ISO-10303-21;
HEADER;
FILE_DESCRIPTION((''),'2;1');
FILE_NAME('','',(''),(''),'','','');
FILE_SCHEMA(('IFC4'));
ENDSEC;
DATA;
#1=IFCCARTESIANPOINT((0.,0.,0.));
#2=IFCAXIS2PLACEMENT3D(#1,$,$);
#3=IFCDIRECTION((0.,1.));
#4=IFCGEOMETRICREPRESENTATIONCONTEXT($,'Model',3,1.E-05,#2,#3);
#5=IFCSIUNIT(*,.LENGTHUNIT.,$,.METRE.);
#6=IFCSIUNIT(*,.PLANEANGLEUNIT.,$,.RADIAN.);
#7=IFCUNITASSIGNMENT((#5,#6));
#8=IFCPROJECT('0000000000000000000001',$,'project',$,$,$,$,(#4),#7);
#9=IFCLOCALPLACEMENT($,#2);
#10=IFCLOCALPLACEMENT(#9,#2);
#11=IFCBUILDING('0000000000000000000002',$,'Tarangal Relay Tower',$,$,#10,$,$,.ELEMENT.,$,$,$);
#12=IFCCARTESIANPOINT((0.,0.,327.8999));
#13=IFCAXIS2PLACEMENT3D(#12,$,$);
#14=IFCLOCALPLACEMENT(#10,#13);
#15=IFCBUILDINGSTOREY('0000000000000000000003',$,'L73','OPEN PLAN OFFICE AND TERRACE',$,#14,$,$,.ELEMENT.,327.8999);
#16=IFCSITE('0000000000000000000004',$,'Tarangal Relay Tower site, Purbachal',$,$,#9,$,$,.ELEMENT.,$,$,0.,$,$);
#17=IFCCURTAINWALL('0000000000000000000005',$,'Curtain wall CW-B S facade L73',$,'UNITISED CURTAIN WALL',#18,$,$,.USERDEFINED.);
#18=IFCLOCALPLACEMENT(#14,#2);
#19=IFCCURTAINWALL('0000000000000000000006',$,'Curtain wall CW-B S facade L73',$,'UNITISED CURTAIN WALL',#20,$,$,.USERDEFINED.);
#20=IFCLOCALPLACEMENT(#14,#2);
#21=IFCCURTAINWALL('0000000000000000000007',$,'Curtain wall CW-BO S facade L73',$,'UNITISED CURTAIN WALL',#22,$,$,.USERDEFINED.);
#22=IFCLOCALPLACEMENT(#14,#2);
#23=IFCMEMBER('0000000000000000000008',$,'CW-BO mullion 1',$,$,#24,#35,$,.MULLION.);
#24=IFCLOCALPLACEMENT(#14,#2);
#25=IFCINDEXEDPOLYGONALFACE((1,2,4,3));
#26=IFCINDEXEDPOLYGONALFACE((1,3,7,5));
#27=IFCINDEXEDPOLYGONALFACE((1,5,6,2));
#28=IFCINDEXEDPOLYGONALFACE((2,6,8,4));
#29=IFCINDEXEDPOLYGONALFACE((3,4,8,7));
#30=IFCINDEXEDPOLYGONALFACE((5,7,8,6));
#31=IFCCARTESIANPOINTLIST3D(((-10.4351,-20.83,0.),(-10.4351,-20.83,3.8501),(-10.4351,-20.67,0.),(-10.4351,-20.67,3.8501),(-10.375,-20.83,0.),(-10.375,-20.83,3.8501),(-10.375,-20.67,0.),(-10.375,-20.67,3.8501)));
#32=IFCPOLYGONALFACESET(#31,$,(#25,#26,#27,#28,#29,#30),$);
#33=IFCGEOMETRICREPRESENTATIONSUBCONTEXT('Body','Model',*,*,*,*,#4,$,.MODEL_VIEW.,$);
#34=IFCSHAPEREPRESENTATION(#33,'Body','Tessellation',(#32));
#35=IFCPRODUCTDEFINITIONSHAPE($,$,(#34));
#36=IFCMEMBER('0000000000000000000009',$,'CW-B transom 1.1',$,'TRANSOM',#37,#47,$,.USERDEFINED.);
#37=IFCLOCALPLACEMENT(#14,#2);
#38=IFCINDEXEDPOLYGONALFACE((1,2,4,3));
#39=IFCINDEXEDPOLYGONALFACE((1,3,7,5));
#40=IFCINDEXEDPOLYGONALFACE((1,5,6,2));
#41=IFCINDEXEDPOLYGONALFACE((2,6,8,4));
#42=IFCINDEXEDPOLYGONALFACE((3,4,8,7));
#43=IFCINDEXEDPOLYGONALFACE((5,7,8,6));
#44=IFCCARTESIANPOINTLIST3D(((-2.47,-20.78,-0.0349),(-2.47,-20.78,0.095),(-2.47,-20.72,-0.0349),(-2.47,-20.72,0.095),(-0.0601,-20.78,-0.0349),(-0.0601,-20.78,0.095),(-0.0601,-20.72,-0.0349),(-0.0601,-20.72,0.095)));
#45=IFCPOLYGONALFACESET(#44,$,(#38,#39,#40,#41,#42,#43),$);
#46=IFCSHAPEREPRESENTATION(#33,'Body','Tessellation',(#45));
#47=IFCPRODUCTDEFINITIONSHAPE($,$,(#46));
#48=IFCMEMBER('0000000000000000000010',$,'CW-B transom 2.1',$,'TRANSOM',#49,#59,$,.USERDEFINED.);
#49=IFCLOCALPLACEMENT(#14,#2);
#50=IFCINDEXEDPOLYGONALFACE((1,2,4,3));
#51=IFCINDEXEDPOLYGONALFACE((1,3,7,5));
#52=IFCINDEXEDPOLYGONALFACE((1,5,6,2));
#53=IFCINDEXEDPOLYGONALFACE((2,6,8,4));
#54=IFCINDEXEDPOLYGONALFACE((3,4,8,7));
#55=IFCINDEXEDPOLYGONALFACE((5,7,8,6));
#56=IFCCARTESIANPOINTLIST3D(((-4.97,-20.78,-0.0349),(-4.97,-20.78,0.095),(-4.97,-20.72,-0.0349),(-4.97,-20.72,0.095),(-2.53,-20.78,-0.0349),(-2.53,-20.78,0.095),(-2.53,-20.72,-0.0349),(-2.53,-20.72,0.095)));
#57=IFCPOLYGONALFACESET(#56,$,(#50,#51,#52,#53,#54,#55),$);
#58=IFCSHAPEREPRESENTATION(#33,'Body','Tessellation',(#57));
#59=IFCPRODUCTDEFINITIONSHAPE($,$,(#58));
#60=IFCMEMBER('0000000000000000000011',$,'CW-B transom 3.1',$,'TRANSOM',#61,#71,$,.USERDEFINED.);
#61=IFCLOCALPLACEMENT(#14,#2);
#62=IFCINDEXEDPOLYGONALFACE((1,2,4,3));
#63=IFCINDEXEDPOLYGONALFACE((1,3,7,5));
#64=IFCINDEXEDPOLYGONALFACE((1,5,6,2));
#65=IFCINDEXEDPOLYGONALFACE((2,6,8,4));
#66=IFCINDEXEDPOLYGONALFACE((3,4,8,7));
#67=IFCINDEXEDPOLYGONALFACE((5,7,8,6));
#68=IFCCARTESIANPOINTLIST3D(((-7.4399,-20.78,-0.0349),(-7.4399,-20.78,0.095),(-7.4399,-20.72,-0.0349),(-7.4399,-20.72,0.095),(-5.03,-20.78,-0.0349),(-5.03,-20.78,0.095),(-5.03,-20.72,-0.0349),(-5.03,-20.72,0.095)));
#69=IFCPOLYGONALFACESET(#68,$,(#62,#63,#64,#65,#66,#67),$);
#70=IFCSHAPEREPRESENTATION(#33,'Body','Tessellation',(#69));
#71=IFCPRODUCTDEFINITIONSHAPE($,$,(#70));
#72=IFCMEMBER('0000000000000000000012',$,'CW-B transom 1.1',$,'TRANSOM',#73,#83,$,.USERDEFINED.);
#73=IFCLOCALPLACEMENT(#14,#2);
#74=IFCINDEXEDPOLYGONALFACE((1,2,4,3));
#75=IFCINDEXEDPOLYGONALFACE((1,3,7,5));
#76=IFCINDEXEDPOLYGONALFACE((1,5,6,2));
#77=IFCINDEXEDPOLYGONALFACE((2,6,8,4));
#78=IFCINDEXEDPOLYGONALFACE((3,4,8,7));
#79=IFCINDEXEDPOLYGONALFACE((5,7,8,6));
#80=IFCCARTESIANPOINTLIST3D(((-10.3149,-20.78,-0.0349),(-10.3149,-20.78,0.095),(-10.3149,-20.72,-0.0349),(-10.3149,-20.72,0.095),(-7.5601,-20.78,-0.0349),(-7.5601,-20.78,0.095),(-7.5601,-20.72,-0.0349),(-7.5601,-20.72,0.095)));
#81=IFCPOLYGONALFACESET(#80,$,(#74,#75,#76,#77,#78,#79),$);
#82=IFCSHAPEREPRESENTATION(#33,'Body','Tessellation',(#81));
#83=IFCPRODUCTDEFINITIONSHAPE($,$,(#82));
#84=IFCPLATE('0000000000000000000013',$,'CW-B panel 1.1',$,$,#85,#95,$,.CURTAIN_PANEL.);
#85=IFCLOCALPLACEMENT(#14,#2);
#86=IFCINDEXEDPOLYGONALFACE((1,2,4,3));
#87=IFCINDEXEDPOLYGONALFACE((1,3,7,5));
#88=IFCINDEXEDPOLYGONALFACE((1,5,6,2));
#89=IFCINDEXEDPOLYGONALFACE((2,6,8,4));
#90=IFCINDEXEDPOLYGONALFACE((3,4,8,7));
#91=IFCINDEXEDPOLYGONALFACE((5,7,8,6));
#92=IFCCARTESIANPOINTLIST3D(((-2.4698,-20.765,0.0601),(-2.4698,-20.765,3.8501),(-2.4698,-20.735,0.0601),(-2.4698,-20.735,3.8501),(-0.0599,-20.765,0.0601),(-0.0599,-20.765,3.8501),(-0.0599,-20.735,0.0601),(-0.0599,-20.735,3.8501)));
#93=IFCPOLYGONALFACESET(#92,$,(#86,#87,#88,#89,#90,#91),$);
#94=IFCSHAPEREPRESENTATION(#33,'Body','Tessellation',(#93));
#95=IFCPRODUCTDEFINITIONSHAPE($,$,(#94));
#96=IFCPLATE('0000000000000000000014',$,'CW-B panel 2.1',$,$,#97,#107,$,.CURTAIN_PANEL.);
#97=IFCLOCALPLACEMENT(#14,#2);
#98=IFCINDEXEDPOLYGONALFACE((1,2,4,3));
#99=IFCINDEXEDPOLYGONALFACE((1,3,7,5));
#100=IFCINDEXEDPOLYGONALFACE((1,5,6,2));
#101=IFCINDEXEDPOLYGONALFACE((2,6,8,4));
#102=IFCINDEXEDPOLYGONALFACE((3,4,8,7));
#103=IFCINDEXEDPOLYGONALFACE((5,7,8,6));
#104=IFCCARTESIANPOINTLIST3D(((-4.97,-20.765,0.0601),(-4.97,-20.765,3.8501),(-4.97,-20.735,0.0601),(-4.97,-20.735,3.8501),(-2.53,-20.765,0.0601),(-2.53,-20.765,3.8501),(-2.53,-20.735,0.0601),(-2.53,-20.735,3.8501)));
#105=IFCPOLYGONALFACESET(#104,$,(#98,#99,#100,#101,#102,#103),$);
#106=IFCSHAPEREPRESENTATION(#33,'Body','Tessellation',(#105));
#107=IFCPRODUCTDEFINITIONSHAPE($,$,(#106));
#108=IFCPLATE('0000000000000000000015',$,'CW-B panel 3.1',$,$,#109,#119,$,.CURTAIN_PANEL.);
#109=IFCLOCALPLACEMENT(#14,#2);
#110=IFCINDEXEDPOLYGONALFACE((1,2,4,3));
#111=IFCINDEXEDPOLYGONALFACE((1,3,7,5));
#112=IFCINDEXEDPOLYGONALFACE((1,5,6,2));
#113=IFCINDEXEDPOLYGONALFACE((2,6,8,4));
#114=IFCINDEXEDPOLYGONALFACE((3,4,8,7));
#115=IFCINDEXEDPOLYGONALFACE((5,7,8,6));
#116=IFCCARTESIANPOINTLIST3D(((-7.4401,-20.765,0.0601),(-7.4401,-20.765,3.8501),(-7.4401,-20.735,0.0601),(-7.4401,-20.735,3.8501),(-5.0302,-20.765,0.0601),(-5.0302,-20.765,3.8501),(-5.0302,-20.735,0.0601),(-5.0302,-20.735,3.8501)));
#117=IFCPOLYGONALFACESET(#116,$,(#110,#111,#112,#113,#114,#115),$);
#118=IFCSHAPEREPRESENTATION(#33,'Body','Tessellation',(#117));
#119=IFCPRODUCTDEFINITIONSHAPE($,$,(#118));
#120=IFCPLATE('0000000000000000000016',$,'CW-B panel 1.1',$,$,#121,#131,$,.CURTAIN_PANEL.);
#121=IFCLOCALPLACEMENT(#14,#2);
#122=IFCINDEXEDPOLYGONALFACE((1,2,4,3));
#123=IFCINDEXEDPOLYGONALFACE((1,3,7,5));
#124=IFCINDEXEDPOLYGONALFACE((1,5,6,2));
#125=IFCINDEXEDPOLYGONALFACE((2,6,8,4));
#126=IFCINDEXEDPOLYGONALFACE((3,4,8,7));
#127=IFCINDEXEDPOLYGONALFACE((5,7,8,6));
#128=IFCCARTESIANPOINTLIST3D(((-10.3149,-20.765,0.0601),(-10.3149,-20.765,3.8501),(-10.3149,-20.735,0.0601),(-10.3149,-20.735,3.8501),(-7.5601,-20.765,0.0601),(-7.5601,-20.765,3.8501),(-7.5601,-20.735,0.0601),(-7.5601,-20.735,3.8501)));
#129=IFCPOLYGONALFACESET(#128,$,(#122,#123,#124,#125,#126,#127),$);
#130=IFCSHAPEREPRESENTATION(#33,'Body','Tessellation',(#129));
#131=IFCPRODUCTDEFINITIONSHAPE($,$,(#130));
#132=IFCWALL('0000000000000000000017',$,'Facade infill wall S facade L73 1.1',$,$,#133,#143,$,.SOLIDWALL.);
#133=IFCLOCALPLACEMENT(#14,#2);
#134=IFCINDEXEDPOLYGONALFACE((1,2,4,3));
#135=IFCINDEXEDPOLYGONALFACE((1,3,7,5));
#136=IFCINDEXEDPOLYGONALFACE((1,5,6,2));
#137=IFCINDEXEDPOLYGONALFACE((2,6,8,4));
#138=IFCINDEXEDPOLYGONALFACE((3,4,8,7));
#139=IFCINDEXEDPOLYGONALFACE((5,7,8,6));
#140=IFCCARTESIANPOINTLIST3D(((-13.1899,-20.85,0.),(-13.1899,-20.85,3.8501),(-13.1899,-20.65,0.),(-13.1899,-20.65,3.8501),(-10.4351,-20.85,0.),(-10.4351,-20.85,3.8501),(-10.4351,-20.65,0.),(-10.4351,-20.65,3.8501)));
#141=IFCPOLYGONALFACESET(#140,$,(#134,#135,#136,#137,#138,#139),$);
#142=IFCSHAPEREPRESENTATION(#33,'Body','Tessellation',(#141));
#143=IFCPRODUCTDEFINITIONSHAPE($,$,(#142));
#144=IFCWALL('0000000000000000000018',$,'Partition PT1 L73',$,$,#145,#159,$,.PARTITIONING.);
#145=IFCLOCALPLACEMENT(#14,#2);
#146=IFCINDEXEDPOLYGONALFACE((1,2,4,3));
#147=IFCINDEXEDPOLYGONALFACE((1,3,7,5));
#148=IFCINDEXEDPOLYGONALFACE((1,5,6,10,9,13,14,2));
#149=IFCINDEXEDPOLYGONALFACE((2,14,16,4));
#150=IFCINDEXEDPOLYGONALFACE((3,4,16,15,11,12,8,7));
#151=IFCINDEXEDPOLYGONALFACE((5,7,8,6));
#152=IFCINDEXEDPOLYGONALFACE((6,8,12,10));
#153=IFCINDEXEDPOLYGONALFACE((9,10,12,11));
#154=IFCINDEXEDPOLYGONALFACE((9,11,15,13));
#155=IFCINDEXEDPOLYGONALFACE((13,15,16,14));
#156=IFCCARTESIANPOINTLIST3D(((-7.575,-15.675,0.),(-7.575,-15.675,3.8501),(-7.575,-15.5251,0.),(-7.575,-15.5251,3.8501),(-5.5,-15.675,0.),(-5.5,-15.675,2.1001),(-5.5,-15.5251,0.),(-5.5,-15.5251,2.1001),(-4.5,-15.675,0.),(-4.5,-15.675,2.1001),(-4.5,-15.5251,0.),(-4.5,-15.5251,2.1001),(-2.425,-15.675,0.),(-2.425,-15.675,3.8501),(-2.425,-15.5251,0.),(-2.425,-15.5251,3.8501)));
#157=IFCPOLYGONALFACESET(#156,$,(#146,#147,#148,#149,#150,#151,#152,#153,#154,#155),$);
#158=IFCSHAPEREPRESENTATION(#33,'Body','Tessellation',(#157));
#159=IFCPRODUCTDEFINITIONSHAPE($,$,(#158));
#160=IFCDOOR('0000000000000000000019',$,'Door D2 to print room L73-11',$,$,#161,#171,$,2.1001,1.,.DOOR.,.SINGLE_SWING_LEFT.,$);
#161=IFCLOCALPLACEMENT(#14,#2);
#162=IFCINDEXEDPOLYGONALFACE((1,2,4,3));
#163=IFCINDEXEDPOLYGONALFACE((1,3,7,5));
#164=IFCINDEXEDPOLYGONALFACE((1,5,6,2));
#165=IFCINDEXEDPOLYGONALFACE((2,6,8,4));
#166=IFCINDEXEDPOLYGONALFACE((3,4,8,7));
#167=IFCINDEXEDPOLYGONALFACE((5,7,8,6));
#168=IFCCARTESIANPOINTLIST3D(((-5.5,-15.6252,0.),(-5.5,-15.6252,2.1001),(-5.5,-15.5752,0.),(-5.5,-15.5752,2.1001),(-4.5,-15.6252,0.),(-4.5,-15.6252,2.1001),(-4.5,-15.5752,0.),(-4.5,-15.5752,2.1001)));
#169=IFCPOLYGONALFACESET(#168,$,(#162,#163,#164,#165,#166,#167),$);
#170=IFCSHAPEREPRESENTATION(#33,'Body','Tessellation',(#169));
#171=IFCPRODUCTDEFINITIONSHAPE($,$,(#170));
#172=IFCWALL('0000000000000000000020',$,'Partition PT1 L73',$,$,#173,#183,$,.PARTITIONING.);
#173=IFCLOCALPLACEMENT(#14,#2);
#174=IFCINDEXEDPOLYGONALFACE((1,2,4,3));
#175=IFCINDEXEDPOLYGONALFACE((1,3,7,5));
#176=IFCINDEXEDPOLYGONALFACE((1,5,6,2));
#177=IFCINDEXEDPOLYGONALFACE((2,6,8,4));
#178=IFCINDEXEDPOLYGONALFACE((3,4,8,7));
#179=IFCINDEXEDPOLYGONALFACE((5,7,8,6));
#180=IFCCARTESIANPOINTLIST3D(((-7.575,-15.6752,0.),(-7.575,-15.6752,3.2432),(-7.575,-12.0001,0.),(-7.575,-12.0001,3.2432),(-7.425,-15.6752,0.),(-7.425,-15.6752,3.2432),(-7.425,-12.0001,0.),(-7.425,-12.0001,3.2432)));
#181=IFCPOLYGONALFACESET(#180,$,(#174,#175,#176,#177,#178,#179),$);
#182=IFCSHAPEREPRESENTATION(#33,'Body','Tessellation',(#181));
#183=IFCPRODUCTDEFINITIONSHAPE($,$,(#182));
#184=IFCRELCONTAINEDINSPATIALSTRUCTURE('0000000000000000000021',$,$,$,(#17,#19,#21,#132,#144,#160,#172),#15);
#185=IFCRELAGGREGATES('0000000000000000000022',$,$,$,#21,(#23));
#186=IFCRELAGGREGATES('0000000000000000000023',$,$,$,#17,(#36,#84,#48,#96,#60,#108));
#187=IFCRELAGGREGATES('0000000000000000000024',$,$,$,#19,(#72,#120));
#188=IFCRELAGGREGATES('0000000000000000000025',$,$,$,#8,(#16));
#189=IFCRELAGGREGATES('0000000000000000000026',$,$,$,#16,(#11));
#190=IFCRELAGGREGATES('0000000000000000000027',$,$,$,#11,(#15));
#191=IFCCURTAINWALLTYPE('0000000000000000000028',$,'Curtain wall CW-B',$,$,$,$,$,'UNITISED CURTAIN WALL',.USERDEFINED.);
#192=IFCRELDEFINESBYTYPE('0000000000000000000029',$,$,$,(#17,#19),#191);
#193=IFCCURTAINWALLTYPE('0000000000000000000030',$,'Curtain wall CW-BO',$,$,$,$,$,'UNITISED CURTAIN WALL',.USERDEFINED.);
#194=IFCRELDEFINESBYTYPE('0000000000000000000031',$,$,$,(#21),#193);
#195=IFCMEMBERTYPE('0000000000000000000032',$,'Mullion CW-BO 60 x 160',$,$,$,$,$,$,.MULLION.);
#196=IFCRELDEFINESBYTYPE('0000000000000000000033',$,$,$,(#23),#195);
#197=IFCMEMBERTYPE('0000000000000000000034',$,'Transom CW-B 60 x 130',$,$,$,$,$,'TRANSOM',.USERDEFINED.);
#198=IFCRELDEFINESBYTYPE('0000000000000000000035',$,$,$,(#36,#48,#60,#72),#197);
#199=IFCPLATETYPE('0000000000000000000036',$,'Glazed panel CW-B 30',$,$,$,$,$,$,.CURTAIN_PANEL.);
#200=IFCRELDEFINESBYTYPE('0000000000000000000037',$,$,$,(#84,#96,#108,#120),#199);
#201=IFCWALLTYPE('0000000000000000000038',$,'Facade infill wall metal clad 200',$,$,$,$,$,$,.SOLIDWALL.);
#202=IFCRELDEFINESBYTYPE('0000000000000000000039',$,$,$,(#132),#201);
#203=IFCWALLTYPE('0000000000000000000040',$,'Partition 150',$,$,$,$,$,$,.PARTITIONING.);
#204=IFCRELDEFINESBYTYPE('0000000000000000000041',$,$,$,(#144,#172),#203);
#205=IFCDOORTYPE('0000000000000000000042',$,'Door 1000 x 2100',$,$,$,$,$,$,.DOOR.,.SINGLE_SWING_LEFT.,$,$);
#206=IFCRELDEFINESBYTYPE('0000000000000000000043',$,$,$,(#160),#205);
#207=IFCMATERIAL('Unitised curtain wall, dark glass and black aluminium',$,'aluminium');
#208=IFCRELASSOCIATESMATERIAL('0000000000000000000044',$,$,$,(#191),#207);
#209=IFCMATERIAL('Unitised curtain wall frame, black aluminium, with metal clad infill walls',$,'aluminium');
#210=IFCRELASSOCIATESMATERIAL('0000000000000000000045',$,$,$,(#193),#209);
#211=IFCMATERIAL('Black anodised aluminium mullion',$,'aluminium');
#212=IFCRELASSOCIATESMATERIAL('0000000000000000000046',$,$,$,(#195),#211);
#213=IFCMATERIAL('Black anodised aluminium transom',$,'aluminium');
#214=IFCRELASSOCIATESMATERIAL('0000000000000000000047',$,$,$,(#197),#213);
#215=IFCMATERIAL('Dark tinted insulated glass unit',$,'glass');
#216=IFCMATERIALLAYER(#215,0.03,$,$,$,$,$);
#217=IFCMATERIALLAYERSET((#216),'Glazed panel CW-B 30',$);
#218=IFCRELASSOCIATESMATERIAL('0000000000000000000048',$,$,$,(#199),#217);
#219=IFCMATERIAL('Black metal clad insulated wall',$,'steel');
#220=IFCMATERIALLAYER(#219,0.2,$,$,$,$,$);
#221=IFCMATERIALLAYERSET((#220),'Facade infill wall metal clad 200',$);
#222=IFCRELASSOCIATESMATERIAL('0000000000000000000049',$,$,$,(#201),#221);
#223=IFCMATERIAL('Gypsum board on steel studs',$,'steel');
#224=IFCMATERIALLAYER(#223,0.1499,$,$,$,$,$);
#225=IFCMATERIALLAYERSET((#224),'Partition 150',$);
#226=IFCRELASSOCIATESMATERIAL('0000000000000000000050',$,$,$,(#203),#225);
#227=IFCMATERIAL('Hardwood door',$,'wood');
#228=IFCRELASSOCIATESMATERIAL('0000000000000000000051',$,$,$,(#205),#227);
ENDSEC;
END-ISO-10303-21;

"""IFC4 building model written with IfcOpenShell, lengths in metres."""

from ifc_helpers import new_model, si_unit, direction, frame, frame_2d, origin, origin_2d, place, context, subcontext, project, spatial, rectangle, extrude, material, layer, layer_set, material_profile, profile_set, type_object, element, fill, aggregate, save


model = new_model("IFC4")

# Units and contexts
model_context = context("Model", 3, precision=1e-05, world=origin(), true_north=direction((0.0, 1.0)))
body_context = subcontext(model_context, "Body", "Model", "MODEL_VIEW")
ifc_project = project(units=[si_unit("LENGTHUNIT", "METRE"), si_unit("PLANEANGLEUNIT", "RADIAN")], contexts=[model_context])

# Site, building, storey
site_placement = place(None, origin())
site = spatial("IfcSite", under=ifc_project, at=site_placement, Name="Tarangal Relay Tower site, Purbachal", CompositionType="ELEMENT", RefElevation=0.0)
building_placement = place(site_placement, origin())
building = spatial("IfcBuilding", under=site, at=building_placement, Name="Tarangal Relay Tower", CompositionType="ELEMENT")
storey_placement = place(building_placement, frame((0.0, 0.0, 327.8999)))
storey = spatial("IfcBuildingStorey", under=building, at=storey_placement, Name="L73", Description="OPEN PLAN OFFICE AND TERRACE", CompositionType="ELEMENT", Elevation=327.8999)

# Curtain walls
ifc_material_1 = material(Name="Unitised curtain wall, dark glass and black aluminium", Category="aluminium")
curtain_wall_type_1 = type_object("IfcCurtainWallType", Name="Curtain wall CW-B", ElementType="UNITISED CURTAIN WALL", PredefinedType="USERDEFINED", material=ifc_material_1)
curtain_wall_1_placement = place(storey_placement, origin())
curtain_wall_1 = element("IfcCurtainWall", 1, at=curtain_wall_1_placement, inside=storey, type_object=curtain_wall_type_1, Name="Curtain wall CW-B S facade L73", ObjectType="UNITISED CURTAIN WALL", PredefinedType="USERDEFINED")
ifc_material_2 = material(Name="Black anodised aluminium mullion", Category="aluminium")
curtain_wall_2_placement = place(storey_placement, origin())
curtain_wall_2 = element("IfcCurtainWall", 2, at=curtain_wall_2_placement, inside=storey, type_object=curtain_wall_type_1, Name="Curtain wall CW-B S facade L73", ObjectType="UNITISED CURTAIN WALL", PredefinedType="USERDEFINED")

# Curtain wall, member
ifc_material_3 = material(Name="Unitised curtain wall frame, black aluminium, with metal clad infill walls", Category="aluminium")
curtain_wall_type_2 = type_object("IfcCurtainWallType", Name="Curtain wall CW-BO", ElementType="UNITISED CURTAIN WALL", PredefinedType="USERDEFINED", material=ifc_material_3)
curtain_wall_3_placement = place(storey_placement, origin())
curtain_wall_3 = element("IfcCurtainWall", 3, at=curtain_wall_3_placement, inside=storey, type_object=curtain_wall_type_2, Name="Curtain wall CW-BO S facade L73", ObjectType="UNITISED CURTAIN WALL", PredefinedType="USERDEFINED")
ifc_material_profile_1 = material_profile(ifc_material_2, rectangle(XDim=0.1599, YDim=0.0601, at=origin_2d()), Name="CW-BOM 60X160")
ifc_profile_set_1 = profile_set([ifc_material_profile_1], Name="Black anodised aluminium mullion")
member_type_1 = type_object("IfcMemberType", Name="Mullion CW-BO 60 x 160", PredefinedType="MULLION", material=ifc_profile_set_1)
member_1_placement = place(storey_placement, frame((-10.405, -20.75, 0.0), z_axis=(0.0, 0.0, 1.0), x_axis=(0.0, -1.0, 0.0)))
member_1 = element("IfcMember", 4, at=member_1_placement, type_object=member_type_1, Name="CW-BO mullion 1", PredefinedType="MULLION", context=body_context, shape_type="SweptSolid", body=[
    extrude(rectangle(XDim=0.1599, YDim=0.0601, at=origin_2d()), origin(), (0.0, 0.0, 1.0), 3.8501),
])
aggregate(curtain_wall_3, [member_1])

# Members
ifc_material_4 = material(Name="Black anodised aluminium transom", Category="aluminium")
ifc_material_profile_2 = material_profile(ifc_material_4, rectangle(XDim=0.0601, YDim=0.1299, at=origin_2d()), Name="CW-BT 60X130")
ifc_profile_set_2 = profile_set([ifc_material_profile_2], Name="Black anodised aluminium transom")
member_type_2 = type_object("IfcMemberType", Name="Transom CW-B 60 x 130", ElementType="TRANSOM", PredefinedType="USERDEFINED", material=ifc_profile_set_2)
member_2_placement = place(storey_placement, frame((-0.0601, -20.75, 0.03), z_axis=(-1.0, 0.0, 0.0), x_axis=(0.0, -1.0, 0.0)))
member_2 = element("IfcMember", 5, at=member_2_placement, type_object=member_type_2, Name="CW-B transom 1.1", ObjectType="TRANSOM", PredefinedType="USERDEFINED", context=body_context, shape_type="SweptSolid", body=[
    extrude(rectangle(XDim=0.0601, YDim=0.1299, at=origin_2d()), origin(), (0.0, 0.0, 1.0), 2.4099),
])
member_3_placement = place(storey_placement, frame((-2.53, -20.75, 0.03), z_axis=(-1.0, 0.0, 0.0), x_axis=(0.0, -1.0, 0.0)))
member_3 = element("IfcMember", 6, at=member_3_placement, type_object=member_type_2, Name="CW-B transom 2.1", ObjectType="TRANSOM", PredefinedType="USERDEFINED", context=body_context, shape_type="SweptSolid", body=[
    extrude(rectangle(XDim=0.0601, YDim=0.1299, at=origin_2d()), origin(), (0.0, 0.0, 1.0), 2.4399),
])
member_4_placement = place(storey_placement, frame((-5.03, -20.75, 0.03), z_axis=(-1.0, 0.0, 0.0), x_axis=(0.0, -1.0, 0.0)))
member_4 = element("IfcMember", 7, at=member_4_placement, type_object=member_type_2, Name="CW-B transom 3.1", ObjectType="TRANSOM", PredefinedType="USERDEFINED", context=body_context, shape_type="SweptSolid", body=[
    extrude(rectangle(XDim=0.0601, YDim=0.1299, at=origin_2d()), origin(), (0.0, 0.0, 1.0), 2.4099),
])
member_5_placement = place(storey_placement, frame((-7.5601, -20.75, 0.03), z_axis=(-1.0, 0.0, 0.0), x_axis=(0.0, -1.0, 0.0)))
member_5 = element("IfcMember", 8, at=member_5_placement, type_object=member_type_2, Name="CW-B transom 1.1", ObjectType="TRANSOM", PredefinedType="USERDEFINED", context=body_context, shape_type="SweptSolid", body=[
    extrude(rectangle(XDim=0.0601, YDim=0.1299, at=origin_2d()), origin(), (0.0, 0.0, 1.0), 2.7549),
])

# Plates
ifc_material_5 = material(Name="Dark tinted insulated glass unit", Category="glass")
ifc_layer_1 = layer(ifc_material_5, 0.03)
ifc_layer_set_1 = layer_set([ifc_layer_1], Name="Glazed panel CW-B 30")
plate_type = type_object("IfcPlateType", Name="Glazed panel CW-B 30", PredefinedType="CURTAIN_PANEL", material=ifc_layer_set_1)
plate_1_placement = place(storey_placement, frame((-1.2649, -20.75, 0.0601), z_axis=(0.0, 0.0, 1.0), x_axis=(-1.0, 0.0, 0.0)))
plate_1 = element("IfcPlate", 9, at=plate_1_placement, type_object=plate_type, Name="CW-B panel 1.1", PredefinedType="CURTAIN_PANEL", context=body_context, shape_type="SweptSolid", body=[
    extrude(rectangle(XDim=2.4099, YDim=0.03, at=origin_2d()), origin(), (0.0, 0.0, 1.0), 3.79),
])
plate_2_placement = place(storey_placement, frame((-3.75, -20.75, 0.0601), z_axis=(0.0, 0.0, 1.0), x_axis=(-1.0, 0.0, 0.0)))
plate_2 = element("IfcPlate", 10, at=plate_2_placement, type_object=plate_type, Name="CW-B panel 2.1", PredefinedType="CURTAIN_PANEL", context=body_context, shape_type="SweptSolid", body=[
    extrude(rectangle(XDim=2.4399, YDim=0.03, at=origin_2d()), origin(), (0.0, 0.0, 1.0), 3.79),
])
plate_3_placement = place(storey_placement, frame((-6.2351, -20.75, 0.0601), z_axis=(0.0, 0.0, 1.0), x_axis=(-1.0, 0.0, 0.0)))
plate_3 = element("IfcPlate", 11, at=plate_3_placement, type_object=plate_type, Name="CW-B panel 3.1", PredefinedType="CURTAIN_PANEL", context=body_context, shape_type="SweptSolid", body=[
    extrude(rectangle(XDim=2.4099, YDim=0.03, at=origin_2d()), origin(), (0.0, 0.0, 1.0), 3.79),
])
aggregate(curtain_wall_1, [member_2, plate_1, member_3, plate_2, member_4, plate_3])
plate_4_placement = place(storey_placement, frame((-8.9375, -20.75, 0.0601), z_axis=(0.0, 0.0, 1.0), x_axis=(-1.0, 0.0, 0.0)))
plate_4 = element("IfcPlate", 12, at=plate_4_placement, type_object=plate_type, Name="CW-B panel 1.1", PredefinedType="CURTAIN_PANEL", context=body_context, shape_type="SweptSolid", body=[
    extrude(rectangle(XDim=2.7549, YDim=0.03, at=origin_2d()), origin(), (0.0, 0.0, 1.0), 3.79),
])
aggregate(curtain_wall_2, [member_5, plate_4])

# Wall
ifc_material_6 = material(Name="Black metal clad insulated wall", Category="steel")
ifc_layer_2 = layer(ifc_material_6, 0.2)
ifc_layer_set_2 = layer_set([ifc_layer_2], Name="Facade infill wall metal clad 200")
wall_type_1 = type_object("IfcWallType", Name="Facade infill wall metal clad 200", PredefinedType="SOLIDWALL", material=ifc_layer_set_2)
wall_1_placement = place(storey_placement, frame((-10.4351, -20.75, 0.0), z_axis=(0.0, 0.0, 1.0), x_axis=(-1.0, 0.0, 0.0)))
element("IfcWall", 13, at=wall_1_placement, inside=storey, type_object=wall_type_1, Name="Facade infill wall S facade L73 1.1", PredefinedType="SOLIDWALL", context=body_context, shape_type="SweptSolid", body=[
    extrude(rectangle(XDim=2.7549, YDim=0.2, at=frame_2d((1.3774, 0.0))), origin(), (0.0, 0.0, 1.0), 3.8501),
])

# Wall, opening, door
ifc_material_7 = material(Name="Gypsum board on steel studs", Category="steel")
ifc_layer_3 = layer(ifc_material_7, 0.1499)
ifc_layer_set_3 = layer_set([ifc_layer_3], Name="Partition 150")
wall_type_2 = type_object("IfcWallType", Name="Partition 150", PredefinedType="PARTITIONING", material=ifc_layer_set_3)
wall_2_placement = place(storey_placement, frame((-7.575, -15.6001, 0.0), z_axis=(0.0, 0.0, 1.0), x_axis=(1.0, 0.0, 0.0)))
wall_2 = element("IfcWall", 14, at=wall_2_placement, inside=storey, type_object=wall_type_2, Name="Partition PT1 L73", PredefinedType="PARTITIONING", context=body_context, shape_type="SweptSolid", body=[
    extrude(rectangle(XDim=5.1499, YDim=0.1499, at=frame_2d((2.575, 0.0))), origin(), (0.0, 0.0, 1.0), 3.8501),
])
opening_placement = place(wall_2_placement, frame((2.075, 0.0, 0.0)))
opening = element("IfcOpeningElement", 15, at=opening_placement, cuts=wall_2, PredefinedType="OPENING", context=body_context, shape_type="SweptSolid", body=[
    extrude(rectangle(XDim=1.0, YDim=2.1001, at=frame_2d((0.5, 1.05))), frame((0.0, 0.085, 0.0), z_axis=(0.0, -1.0, 0.0), x_axis=(1.0, 0.0, 0.0)), (0.0, 0.0, 1.0), 0.1699),
])
ifc_material_8 = material(Name="Hardwood door", Category="wood")
door_type = type_object("IfcDoorType", Name="Door 1000 x 2100", OperationType="SINGLE_SWING_LEFT", PredefinedType="DOOR", material=ifc_material_8)
door_placement = place(opening_placement, origin())
door = element("IfcDoor", 16, at=door_placement, inside=storey, type_object=door_type, Name="Door D2 to print room L73-11", OperationType="SINGLE_SWING_LEFT", OverallHeight=2.1001, OverallWidth=1.0, PredefinedType="DOOR", context=body_context, shape_type="SweptSolid", body=[
    extrude(rectangle(XDim=1.0, YDim=2.1001, at=frame_2d((0.5, 1.05))), frame((0.0, 0.0249, 0.0), z_axis=(0.0, -1.0, 0.0), x_axis=(1.0, 0.0, 0.0)), (0.0, 0.0, 1.0), 0.05),
])
fill(opening, door)

# Wall
wall_3_placement = place(storey_placement, frame((-7.5, -15.675, 0.0), z_axis=(0.0, 0.0, 1.0), x_axis=(0.0, 1.0, 0.0)))
element("IfcWall", 17, at=wall_3_placement, inside=storey, type_object=wall_type_2, Name="Partition PT1 L73", PredefinedType="PARTITIONING", context=body_context, shape_type="SweptSolid", body=[
    extrude(rectangle(XDim=3.675, YDim=0.1499, at=frame_2d((1.8374, 0.0))), origin(), (0.0, 0.0, 1.0), 3.2432),
])

save(model, "model.ifc")
